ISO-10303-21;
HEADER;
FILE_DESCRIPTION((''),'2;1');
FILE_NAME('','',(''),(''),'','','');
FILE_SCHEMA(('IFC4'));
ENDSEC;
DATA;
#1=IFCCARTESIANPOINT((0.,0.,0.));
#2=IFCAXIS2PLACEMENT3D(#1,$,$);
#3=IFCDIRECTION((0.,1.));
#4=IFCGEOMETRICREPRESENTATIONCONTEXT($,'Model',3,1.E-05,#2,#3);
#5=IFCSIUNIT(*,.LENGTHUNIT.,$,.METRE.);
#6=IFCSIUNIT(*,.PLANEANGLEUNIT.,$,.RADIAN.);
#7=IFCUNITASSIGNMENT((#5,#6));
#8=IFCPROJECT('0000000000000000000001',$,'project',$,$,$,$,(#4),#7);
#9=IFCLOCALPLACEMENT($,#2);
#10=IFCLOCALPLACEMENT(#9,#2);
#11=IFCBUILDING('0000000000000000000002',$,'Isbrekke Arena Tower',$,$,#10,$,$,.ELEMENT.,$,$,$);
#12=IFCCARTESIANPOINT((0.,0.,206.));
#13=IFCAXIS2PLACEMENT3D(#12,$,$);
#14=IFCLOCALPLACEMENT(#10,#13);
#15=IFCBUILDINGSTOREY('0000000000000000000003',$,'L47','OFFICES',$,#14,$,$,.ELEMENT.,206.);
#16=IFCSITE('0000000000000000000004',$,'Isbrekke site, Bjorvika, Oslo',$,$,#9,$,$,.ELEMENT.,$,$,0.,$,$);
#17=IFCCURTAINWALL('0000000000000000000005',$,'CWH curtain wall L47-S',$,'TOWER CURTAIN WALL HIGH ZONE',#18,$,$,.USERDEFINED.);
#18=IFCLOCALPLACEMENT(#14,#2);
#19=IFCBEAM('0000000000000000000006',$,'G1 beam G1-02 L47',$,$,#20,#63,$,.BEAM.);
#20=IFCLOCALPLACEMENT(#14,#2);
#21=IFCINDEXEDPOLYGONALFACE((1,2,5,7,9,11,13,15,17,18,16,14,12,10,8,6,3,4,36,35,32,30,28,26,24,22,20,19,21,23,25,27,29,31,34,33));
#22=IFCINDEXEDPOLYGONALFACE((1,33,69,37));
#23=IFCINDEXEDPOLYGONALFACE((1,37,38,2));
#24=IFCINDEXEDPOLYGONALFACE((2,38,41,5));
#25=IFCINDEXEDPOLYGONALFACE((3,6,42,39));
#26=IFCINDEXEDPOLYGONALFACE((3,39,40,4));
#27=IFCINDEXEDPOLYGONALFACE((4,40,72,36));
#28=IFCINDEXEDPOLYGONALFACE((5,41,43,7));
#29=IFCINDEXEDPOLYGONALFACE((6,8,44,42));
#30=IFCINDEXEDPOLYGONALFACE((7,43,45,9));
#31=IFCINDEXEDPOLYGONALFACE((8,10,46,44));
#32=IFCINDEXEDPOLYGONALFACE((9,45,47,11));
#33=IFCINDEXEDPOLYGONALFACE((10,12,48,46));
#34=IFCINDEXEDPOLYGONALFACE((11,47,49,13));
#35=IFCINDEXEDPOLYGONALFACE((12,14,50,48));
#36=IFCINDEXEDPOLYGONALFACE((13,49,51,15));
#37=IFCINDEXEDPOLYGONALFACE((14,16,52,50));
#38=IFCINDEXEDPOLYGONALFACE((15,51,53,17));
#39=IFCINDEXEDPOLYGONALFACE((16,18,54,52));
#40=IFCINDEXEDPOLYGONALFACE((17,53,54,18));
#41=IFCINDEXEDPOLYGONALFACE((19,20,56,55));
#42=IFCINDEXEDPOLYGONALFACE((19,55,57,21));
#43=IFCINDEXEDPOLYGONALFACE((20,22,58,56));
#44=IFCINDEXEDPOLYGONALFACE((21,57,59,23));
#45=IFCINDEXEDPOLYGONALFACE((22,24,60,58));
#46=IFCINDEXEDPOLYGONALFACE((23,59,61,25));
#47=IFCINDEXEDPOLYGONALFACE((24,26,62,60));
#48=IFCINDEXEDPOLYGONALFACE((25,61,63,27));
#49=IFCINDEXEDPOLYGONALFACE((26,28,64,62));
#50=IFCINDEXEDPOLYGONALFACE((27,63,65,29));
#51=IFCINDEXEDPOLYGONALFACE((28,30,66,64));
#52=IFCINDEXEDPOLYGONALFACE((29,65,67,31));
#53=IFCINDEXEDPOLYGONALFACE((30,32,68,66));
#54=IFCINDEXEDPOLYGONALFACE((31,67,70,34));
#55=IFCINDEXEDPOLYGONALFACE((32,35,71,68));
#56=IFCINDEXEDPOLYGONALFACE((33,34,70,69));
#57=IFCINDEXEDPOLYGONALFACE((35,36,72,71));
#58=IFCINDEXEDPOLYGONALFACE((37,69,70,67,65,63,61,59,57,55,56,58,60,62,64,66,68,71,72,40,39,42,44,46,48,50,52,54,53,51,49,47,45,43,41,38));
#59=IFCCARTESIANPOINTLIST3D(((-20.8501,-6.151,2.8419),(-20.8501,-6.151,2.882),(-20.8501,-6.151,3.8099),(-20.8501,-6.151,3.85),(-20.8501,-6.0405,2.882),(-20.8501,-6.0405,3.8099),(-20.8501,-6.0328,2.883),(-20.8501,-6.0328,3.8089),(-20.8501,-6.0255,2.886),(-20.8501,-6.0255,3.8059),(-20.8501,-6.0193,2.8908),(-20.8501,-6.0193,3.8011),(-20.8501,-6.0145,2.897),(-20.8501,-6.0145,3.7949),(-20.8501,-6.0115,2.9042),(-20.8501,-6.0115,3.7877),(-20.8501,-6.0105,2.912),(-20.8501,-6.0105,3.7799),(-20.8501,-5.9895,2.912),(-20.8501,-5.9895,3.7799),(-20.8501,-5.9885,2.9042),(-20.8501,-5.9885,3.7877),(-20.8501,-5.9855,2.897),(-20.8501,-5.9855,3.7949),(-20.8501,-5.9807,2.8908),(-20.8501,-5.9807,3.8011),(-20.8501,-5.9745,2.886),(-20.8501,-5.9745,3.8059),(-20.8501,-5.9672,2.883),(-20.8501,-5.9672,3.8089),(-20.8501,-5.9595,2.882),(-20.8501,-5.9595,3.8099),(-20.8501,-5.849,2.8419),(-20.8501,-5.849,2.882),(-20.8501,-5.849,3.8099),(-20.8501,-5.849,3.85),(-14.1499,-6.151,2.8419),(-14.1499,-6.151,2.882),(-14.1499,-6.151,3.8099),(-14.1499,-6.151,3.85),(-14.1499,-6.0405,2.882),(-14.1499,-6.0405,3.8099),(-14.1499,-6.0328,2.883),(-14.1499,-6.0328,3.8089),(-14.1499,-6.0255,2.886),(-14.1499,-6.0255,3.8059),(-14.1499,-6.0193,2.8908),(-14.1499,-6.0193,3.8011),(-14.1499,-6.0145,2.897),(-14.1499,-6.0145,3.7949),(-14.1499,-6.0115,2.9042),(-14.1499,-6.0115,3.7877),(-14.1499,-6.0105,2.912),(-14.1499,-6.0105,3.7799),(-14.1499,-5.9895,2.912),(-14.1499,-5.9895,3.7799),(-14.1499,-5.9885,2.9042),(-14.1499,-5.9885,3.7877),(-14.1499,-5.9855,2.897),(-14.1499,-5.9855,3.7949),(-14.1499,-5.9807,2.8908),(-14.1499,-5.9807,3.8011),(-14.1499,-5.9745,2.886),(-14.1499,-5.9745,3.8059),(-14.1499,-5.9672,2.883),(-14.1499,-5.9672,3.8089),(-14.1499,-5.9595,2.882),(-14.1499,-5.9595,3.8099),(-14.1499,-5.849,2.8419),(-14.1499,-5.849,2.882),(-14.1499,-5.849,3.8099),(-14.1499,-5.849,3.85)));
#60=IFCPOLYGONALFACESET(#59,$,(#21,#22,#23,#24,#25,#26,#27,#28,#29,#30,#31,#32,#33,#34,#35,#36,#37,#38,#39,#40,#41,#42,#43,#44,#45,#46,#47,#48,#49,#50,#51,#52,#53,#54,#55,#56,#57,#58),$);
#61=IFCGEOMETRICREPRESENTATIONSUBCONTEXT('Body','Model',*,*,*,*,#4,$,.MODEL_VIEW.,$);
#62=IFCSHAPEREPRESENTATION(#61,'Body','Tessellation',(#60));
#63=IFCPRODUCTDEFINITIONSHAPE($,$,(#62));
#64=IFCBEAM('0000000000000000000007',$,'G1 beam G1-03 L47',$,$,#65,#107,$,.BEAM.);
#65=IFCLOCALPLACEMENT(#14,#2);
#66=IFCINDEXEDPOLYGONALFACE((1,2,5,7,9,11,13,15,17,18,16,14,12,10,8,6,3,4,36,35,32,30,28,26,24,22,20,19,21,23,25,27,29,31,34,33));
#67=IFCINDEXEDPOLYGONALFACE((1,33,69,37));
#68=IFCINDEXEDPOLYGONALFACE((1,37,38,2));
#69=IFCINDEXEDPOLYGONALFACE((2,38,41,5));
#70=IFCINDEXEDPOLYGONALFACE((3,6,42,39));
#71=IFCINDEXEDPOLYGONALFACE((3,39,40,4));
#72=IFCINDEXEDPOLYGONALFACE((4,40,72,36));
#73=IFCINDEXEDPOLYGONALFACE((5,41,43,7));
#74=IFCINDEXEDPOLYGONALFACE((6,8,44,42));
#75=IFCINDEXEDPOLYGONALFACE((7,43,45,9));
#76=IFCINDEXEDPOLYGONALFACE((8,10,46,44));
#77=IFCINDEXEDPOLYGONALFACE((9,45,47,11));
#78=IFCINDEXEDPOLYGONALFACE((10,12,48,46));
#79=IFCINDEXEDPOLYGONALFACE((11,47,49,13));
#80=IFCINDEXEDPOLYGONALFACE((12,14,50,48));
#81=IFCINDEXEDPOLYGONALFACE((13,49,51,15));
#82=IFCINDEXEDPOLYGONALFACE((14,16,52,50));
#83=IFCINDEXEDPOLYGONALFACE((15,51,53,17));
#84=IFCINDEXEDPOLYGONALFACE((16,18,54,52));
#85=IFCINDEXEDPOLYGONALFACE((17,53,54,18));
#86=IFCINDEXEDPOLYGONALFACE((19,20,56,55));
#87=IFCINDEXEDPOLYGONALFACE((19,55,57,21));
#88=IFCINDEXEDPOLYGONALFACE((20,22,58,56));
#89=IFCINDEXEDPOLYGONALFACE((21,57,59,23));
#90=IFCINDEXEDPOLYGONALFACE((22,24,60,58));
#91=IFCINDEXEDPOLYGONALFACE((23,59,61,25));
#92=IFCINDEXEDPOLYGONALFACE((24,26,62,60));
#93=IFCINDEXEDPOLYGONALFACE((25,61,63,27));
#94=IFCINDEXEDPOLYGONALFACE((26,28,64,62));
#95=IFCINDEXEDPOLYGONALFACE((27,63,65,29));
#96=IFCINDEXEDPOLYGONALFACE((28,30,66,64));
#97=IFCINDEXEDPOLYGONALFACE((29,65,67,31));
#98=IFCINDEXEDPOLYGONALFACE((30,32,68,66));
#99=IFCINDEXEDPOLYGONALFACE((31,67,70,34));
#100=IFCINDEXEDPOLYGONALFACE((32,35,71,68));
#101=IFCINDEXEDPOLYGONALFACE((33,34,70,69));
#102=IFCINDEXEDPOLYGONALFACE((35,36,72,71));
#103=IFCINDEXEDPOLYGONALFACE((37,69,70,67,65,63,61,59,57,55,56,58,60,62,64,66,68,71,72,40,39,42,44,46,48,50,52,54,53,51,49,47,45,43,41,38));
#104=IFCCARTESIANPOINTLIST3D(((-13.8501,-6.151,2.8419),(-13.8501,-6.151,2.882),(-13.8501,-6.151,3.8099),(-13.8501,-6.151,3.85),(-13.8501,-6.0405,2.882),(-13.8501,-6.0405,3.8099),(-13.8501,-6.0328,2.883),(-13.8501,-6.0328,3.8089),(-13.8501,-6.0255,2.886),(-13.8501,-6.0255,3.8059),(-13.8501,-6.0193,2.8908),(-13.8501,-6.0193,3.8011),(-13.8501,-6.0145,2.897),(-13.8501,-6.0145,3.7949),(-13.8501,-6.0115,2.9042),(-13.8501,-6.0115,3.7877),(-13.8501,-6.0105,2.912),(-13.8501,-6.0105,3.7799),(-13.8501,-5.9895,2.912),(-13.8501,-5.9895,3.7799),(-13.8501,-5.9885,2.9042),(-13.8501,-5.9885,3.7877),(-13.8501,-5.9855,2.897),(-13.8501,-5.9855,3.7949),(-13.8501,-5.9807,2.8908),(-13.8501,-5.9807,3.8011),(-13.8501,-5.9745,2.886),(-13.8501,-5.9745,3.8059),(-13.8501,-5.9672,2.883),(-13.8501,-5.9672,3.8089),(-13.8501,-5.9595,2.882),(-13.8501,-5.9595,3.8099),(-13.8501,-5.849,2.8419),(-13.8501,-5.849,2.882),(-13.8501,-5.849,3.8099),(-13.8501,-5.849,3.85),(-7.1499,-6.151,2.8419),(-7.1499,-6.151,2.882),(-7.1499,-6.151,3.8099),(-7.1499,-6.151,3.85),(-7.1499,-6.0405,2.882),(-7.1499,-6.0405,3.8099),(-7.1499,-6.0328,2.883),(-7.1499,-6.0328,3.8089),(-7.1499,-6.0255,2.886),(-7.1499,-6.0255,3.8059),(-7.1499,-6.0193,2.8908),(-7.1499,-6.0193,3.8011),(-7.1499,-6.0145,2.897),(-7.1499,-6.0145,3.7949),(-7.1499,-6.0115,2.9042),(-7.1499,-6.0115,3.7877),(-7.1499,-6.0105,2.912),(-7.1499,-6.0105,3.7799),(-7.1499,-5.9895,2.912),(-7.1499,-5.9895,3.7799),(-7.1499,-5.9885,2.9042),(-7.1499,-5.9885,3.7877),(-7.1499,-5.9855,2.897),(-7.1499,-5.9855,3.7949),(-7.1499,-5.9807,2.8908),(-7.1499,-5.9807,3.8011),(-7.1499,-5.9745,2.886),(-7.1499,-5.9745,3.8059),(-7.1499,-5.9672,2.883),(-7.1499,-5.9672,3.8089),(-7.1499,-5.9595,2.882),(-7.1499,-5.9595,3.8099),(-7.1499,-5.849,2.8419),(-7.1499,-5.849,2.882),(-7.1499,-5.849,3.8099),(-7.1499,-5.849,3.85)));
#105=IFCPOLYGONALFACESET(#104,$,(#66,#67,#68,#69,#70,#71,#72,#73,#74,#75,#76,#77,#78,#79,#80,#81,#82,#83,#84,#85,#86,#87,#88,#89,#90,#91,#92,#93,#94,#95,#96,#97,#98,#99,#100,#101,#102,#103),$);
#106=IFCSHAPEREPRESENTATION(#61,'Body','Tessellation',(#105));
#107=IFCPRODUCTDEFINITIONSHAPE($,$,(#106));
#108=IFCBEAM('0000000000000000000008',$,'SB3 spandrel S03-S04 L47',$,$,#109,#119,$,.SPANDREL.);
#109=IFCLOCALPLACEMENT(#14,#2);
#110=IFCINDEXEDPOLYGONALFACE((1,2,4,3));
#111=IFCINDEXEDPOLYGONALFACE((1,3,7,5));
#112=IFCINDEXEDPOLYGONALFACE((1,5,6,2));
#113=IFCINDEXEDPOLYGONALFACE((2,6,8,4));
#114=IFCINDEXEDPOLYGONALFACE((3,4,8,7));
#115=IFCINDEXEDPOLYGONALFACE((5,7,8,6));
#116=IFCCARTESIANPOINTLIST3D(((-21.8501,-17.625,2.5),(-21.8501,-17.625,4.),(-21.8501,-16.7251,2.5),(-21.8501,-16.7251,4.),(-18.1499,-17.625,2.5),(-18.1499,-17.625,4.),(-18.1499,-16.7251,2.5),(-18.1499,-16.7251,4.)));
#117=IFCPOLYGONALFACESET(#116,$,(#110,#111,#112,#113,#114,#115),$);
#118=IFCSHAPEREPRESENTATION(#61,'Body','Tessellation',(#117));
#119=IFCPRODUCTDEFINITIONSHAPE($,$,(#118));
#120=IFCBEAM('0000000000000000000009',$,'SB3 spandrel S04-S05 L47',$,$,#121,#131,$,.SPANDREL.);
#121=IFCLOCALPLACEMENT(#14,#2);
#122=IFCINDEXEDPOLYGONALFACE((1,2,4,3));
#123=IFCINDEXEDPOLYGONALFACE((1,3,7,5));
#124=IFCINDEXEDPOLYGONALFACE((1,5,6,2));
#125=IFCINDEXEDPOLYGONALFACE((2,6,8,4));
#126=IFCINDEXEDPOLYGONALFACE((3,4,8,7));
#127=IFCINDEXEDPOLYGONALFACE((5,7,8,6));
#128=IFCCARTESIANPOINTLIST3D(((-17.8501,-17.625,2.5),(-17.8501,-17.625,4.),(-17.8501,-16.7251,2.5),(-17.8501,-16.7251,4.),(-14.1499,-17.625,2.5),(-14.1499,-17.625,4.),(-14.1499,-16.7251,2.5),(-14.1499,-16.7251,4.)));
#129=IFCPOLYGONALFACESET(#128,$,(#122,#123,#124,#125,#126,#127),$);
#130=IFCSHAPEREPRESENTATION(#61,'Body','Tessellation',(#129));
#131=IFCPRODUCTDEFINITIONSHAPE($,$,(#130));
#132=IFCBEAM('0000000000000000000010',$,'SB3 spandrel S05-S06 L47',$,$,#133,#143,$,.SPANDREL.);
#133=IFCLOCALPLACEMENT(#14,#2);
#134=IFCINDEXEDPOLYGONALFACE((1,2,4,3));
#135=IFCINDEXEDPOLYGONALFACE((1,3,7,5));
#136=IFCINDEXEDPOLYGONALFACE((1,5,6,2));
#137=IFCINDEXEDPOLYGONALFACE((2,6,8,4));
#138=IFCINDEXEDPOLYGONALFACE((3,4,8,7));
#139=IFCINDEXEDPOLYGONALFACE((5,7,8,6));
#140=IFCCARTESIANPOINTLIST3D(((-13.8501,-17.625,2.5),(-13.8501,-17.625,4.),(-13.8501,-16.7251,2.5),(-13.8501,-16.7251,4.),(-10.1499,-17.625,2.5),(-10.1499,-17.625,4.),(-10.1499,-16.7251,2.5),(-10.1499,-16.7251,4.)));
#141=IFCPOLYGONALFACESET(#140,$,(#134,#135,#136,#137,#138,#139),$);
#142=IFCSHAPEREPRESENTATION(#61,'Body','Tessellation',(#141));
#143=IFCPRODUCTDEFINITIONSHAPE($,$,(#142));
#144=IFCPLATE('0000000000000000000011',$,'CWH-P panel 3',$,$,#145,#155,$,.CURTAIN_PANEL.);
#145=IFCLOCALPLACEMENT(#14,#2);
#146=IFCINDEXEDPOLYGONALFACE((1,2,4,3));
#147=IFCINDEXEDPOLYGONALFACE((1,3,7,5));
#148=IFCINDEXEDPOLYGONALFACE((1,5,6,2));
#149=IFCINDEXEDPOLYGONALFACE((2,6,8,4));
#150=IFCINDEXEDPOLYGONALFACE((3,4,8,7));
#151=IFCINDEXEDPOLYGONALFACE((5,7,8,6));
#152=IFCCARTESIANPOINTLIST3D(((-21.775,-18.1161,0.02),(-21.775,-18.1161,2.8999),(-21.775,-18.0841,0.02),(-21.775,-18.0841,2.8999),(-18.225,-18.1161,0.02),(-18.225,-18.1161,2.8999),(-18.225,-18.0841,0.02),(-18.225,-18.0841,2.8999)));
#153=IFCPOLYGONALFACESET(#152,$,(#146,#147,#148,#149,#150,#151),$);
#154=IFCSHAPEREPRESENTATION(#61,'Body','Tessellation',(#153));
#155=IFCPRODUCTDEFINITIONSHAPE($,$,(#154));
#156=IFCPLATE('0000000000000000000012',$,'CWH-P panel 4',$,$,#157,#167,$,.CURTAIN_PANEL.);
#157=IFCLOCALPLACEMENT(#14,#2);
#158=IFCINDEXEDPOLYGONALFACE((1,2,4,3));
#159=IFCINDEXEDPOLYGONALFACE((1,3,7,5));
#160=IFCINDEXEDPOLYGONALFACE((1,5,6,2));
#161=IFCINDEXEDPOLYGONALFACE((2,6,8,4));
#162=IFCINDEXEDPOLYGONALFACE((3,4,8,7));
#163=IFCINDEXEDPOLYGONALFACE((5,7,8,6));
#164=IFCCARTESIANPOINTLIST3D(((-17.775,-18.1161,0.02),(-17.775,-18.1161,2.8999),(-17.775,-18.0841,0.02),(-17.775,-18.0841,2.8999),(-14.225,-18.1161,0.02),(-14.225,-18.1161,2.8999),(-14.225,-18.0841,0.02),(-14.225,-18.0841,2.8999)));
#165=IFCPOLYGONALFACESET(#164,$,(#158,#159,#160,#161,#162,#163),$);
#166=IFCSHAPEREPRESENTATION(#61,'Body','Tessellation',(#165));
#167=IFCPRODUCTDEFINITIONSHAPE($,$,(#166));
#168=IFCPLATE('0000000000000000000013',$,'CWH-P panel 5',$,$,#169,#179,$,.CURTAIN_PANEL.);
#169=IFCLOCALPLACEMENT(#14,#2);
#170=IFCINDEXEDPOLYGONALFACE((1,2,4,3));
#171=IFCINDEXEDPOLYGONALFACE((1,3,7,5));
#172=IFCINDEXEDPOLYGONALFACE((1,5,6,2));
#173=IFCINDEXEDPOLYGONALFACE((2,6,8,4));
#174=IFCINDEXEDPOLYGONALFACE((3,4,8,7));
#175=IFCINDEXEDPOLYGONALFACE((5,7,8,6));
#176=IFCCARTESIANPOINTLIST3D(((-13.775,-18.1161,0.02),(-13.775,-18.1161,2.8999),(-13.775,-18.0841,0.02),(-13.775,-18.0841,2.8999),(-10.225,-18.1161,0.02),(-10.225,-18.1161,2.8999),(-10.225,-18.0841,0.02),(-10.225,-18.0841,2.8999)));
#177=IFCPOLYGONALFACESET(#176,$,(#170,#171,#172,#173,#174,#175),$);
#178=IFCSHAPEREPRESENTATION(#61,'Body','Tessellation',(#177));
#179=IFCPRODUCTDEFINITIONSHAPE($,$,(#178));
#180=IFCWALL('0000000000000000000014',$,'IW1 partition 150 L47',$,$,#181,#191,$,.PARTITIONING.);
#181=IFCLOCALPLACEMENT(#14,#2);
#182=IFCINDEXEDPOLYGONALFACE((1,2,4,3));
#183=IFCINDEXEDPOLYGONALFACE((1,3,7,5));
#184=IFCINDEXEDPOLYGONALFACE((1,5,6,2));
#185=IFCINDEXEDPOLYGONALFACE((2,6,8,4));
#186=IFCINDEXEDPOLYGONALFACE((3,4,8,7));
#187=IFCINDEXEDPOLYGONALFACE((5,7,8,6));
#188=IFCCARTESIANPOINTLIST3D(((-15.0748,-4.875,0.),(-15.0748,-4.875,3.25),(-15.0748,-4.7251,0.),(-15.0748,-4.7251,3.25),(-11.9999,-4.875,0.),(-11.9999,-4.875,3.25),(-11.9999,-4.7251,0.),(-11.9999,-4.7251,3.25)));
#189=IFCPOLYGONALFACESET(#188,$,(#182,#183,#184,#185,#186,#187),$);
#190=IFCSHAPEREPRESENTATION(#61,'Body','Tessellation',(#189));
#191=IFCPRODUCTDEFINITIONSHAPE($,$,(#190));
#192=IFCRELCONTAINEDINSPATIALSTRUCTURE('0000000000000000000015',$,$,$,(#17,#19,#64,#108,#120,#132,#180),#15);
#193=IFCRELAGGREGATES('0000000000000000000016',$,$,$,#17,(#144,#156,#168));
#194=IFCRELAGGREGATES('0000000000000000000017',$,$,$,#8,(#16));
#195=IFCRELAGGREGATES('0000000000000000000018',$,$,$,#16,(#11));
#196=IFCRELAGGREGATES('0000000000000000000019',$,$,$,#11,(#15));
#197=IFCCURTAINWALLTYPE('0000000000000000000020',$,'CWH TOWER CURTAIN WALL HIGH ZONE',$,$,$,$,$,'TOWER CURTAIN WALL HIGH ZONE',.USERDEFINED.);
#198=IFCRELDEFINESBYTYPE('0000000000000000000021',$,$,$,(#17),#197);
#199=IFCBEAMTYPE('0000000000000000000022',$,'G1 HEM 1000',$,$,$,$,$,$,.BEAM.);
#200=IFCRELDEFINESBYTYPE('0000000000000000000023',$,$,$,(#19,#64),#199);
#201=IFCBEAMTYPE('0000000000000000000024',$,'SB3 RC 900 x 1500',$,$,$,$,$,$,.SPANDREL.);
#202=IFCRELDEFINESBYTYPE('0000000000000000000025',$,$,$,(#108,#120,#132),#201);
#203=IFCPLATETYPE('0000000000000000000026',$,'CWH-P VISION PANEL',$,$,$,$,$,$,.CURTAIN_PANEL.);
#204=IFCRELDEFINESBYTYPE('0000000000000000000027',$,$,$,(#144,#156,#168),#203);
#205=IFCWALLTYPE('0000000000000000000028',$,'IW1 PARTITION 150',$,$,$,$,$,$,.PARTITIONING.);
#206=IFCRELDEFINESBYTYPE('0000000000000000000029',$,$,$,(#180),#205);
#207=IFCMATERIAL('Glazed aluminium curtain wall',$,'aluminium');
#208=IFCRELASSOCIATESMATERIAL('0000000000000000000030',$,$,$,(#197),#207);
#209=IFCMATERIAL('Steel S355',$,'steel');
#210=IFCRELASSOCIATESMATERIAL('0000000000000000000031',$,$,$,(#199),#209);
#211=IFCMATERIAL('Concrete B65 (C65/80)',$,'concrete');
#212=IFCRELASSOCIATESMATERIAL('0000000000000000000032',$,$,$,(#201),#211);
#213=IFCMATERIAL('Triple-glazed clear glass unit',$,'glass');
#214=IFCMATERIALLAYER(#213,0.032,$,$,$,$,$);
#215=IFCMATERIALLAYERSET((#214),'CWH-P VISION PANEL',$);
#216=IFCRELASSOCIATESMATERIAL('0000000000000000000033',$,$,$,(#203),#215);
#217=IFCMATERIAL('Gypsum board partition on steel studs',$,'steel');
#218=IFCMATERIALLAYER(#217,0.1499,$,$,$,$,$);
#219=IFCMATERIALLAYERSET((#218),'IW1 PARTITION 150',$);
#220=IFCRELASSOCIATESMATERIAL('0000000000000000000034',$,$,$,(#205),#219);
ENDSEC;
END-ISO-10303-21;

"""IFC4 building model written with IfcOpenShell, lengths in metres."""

from ifc_helpers import new_model, si_unit, direction, frame, frame_2d, origin, origin_2d, place, context, subcontext, project, spatial, rectangle, i_section, extrude, material, layer, layer_set, material_profile, profile_set, type_object, element, aggregate, save


model = new_model("IFC4")

# Units and contexts
model_context = context("Model", 3, precision=1e-05, world=origin(), true_north=direction((0.0, 1.0)))
body_context = subcontext(model_context, "Body", "Model", "MODEL_VIEW")
ifc_project = project(units=[si_unit("LENGTHUNIT", "METRE"), si_unit("PLANEANGLEUNIT", "RADIAN")], contexts=[model_context])

# Site, building, storey
site_placement = place(None, origin())
site = spatial("IfcSite", under=ifc_project, at=site_placement, Name="Isbrekke site, Bjorvika, Oslo", CompositionType="ELEMENT", RefElevation=0.0)
building_placement = place(site_placement, origin())
building = spatial("IfcBuilding", under=site, at=building_placement, Name="Isbrekke Arena Tower", CompositionType="ELEMENT")
storey_placement = place(building_placement, frame((0.0, 0.0, 206.0)))
storey = spatial("IfcBuildingStorey", under=building, at=storey_placement, Name="L47", Description="OFFICES", CompositionType="ELEMENT", Elevation=206.0)

# Curtain wall
ifc_material_1 = material(Name="Glazed aluminium curtain wall", Category="aluminium")
curtain_wall_type = type_object("IfcCurtainWallType", Name="CWH TOWER CURTAIN WALL HIGH ZONE", ElementType="TOWER CURTAIN WALL HIGH ZONE", PredefinedType="USERDEFINED", material=ifc_material_1)
curtain_wall_placement = place(storey_placement, origin())
curtain_wall = element("IfcCurtainWall", 1, at=curtain_wall_placement, inside=storey, type_object=curtain_wall_type, Name="CWH curtain wall L47-S", ObjectType="TOWER CURTAIN WALL HIGH ZONE", PredefinedType="USERDEFINED")

# Beams
ifc_material_2 = material(Name="Steel S355", Category="steel")
ifc_material_profile_1 = material_profile(ifc_material_2, i_section(OverallWidth=0.302, OverallDepth=1.0081, WebThickness=0.021, FlangeThickness=0.04, FilletRadius=0.03, at=origin_2d()), Name="HEM 1000")
ifc_profile_set_1 = profile_set([ifc_material_profile_1], Name="Steel S355")
beam_type_1 = type_object("IfcBeamType", Name="G1 HEM 1000", PredefinedType="BEAM", material=ifc_profile_set_1)
for number, where, z_axis, x_axis, name in (
    (2, (-20.8501, -6.0, 3.3459), (1.0, 0.0, 0.0), (0.0, 1.0, 0.0), "G1 beam G1-02 L47"),
    (3, (-13.8501, -6.0, 3.3459), (1.0, 0.0, 0.0), (0.0, 1.0, 0.0), "G1 beam G1-03 L47"),
):
    element("IfcBeam", number, at=place(storey_placement, frame(where, z_axis=z_axis, x_axis=x_axis)), inside=storey, type_object=beam_type_1, Name=name, PredefinedType="BEAM", context=body_context, shape_type="SweptSolid", body=[
        extrude(i_section(OverallWidth=0.302, OverallDepth=1.0081, WebThickness=0.021, FlangeThickness=0.04, FilletRadius=0.03, at=origin_2d()), origin(), (0.0, 0.0, 1.0), 6.7002),
    ])
ifc_material_3 = material(Name="Concrete B65 (C65/80)", Category="concrete")
ifc_material_profile_2 = material_profile(ifc_material_3, rectangle(XDim=0.8999, YDim=1.5, at=origin_2d()), Name="RC 900x1500")
ifc_profile_set_2 = profile_set([ifc_material_profile_2], Name="Concrete B65 (C65/80)")
beam_type_2 = type_object("IfcBeamType", Name="SB3 RC 900 x 1500", PredefinedType="SPANDREL", material=ifc_profile_set_2)
for number, where, z_axis, x_axis, name in (
    (4, (-21.8501, -17.175, 3.25), (1.0, 0.0, 0.0), (0.0, 1.0, 0.0), "SB3 spandrel S03-S04 L47"),
    (5, (-17.8501, -17.175, 3.25), (1.0, 0.0, 0.0), (0.0, 1.0, 0.0), "SB3 spandrel S04-S05 L47"),
    (6, (-13.8501, -17.175, 3.25), (1.0, 0.0, 0.0), (0.0, 1.0, 0.0), "SB3 spandrel S05-S06 L47"),
):
    element("IfcBeam", number, at=place(storey_placement, frame(where, z_axis=z_axis, x_axis=x_axis)), inside=storey, type_object=beam_type_2, Name=name, PredefinedType="SPANDREL", context=body_context, shape_type="SweptSolid", body=[
        extrude(rectangle(XDim=0.8999, YDim=1.5, at=origin_2d()), origin(), (0.0, 0.0, 1.0), 3.7002),
    ])

# Plates
ifc_material_4 = material(Name="Triple-glazed clear glass unit", Category="glass")
ifc_layer_1 = layer(ifc_material_4, 0.032)
ifc_layer_set_1 = layer_set([ifc_layer_1], Name="CWH-P VISION PANEL")
plate_type = type_object("IfcPlateType", Name="CWH-P VISION PANEL", PredefinedType="CURTAIN_PANEL", material=ifc_layer_set_1)
plate_1_placement = place(storey_placement, frame((-20.0, -18.1001, 0.02), z_axis=(0.0, 0.0, 1.0), x_axis=(1.0, 0.0, 0.0)))
plate_1 = element("IfcPlate", 7, at=plate_1_placement, type_object=plate_type, Name="CWH-P panel 3", PredefinedType="CURTAIN_PANEL", context=body_context, shape_type="SweptSolid", body=[
    extrude(rectangle(XDim=3.55, YDim=0.032, at=origin_2d()), origin(), (0.0, 0.0, 1.0), 2.8799),
])
plate_2_placement = place(storey_placement, frame((-16.0, -18.1001, 0.02), z_axis=(0.0, 0.0, 1.0), x_axis=(1.0, 0.0, 0.0)))
plate_2 = element("IfcPlate", 8, at=plate_2_placement, type_object=plate_type, Name="CWH-P panel 4", PredefinedType="CURTAIN_PANEL", context=body_context, shape_type="SweptSolid", body=[
    extrude(rectangle(XDim=3.55, YDim=0.032, at=origin_2d()), origin(), (0.0, 0.0, 1.0), 2.8799),
])
plate_3_placement = place(storey_placement, frame((-12.0, -18.1001, 0.02), z_axis=(0.0, 0.0, 1.0), x_axis=(1.0, 0.0, 0.0)))
plate_3 = element("IfcPlate", 9, at=plate_3_placement, type_object=plate_type, Name="CWH-P panel 5", PredefinedType="CURTAIN_PANEL", context=body_context, shape_type="SweptSolid", body=[
    extrude(rectangle(XDim=3.55, YDim=0.032, at=origin_2d()), origin(), (0.0, 0.0, 1.0), 2.8799),
])
aggregate(curtain_wall, [plate_1, plate_2, plate_3])

# Wall
ifc_material_5 = material(Name="Gypsum board partition on steel studs", Category="steel")
ifc_layer_2 = layer(ifc_material_5, 0.1499)
ifc_layer_set_2 = layer_set([ifc_layer_2], Name="IW1 PARTITION 150")
wall_type_1 = type_object("IfcWallType", Name="IW1 PARTITION 150", PredefinedType="PARTITIONING", material=ifc_layer_set_2)
wall_1_placement = place(storey_placement, frame((-15.075, -4.8, 0.0), z_axis=(0.0, 0.0, 1.0), x_axis=(1.0, 0.0, 0.0)))
element("IfcWall", 10, at=wall_1_placement, inside=storey, type_object=wall_type_1, Name="IW1 partition 150 L47", PredefinedType="PARTITIONING", context=body_context, shape_type="SweptSolid", body=[
    extrude(rectangle(XDim=3.075, YDim=0.1499, at=frame_2d((1.5376, 0.0))), origin(), (0.0, 0.0, 1.0), 3.25),
])

save(model, "model.ifc")
